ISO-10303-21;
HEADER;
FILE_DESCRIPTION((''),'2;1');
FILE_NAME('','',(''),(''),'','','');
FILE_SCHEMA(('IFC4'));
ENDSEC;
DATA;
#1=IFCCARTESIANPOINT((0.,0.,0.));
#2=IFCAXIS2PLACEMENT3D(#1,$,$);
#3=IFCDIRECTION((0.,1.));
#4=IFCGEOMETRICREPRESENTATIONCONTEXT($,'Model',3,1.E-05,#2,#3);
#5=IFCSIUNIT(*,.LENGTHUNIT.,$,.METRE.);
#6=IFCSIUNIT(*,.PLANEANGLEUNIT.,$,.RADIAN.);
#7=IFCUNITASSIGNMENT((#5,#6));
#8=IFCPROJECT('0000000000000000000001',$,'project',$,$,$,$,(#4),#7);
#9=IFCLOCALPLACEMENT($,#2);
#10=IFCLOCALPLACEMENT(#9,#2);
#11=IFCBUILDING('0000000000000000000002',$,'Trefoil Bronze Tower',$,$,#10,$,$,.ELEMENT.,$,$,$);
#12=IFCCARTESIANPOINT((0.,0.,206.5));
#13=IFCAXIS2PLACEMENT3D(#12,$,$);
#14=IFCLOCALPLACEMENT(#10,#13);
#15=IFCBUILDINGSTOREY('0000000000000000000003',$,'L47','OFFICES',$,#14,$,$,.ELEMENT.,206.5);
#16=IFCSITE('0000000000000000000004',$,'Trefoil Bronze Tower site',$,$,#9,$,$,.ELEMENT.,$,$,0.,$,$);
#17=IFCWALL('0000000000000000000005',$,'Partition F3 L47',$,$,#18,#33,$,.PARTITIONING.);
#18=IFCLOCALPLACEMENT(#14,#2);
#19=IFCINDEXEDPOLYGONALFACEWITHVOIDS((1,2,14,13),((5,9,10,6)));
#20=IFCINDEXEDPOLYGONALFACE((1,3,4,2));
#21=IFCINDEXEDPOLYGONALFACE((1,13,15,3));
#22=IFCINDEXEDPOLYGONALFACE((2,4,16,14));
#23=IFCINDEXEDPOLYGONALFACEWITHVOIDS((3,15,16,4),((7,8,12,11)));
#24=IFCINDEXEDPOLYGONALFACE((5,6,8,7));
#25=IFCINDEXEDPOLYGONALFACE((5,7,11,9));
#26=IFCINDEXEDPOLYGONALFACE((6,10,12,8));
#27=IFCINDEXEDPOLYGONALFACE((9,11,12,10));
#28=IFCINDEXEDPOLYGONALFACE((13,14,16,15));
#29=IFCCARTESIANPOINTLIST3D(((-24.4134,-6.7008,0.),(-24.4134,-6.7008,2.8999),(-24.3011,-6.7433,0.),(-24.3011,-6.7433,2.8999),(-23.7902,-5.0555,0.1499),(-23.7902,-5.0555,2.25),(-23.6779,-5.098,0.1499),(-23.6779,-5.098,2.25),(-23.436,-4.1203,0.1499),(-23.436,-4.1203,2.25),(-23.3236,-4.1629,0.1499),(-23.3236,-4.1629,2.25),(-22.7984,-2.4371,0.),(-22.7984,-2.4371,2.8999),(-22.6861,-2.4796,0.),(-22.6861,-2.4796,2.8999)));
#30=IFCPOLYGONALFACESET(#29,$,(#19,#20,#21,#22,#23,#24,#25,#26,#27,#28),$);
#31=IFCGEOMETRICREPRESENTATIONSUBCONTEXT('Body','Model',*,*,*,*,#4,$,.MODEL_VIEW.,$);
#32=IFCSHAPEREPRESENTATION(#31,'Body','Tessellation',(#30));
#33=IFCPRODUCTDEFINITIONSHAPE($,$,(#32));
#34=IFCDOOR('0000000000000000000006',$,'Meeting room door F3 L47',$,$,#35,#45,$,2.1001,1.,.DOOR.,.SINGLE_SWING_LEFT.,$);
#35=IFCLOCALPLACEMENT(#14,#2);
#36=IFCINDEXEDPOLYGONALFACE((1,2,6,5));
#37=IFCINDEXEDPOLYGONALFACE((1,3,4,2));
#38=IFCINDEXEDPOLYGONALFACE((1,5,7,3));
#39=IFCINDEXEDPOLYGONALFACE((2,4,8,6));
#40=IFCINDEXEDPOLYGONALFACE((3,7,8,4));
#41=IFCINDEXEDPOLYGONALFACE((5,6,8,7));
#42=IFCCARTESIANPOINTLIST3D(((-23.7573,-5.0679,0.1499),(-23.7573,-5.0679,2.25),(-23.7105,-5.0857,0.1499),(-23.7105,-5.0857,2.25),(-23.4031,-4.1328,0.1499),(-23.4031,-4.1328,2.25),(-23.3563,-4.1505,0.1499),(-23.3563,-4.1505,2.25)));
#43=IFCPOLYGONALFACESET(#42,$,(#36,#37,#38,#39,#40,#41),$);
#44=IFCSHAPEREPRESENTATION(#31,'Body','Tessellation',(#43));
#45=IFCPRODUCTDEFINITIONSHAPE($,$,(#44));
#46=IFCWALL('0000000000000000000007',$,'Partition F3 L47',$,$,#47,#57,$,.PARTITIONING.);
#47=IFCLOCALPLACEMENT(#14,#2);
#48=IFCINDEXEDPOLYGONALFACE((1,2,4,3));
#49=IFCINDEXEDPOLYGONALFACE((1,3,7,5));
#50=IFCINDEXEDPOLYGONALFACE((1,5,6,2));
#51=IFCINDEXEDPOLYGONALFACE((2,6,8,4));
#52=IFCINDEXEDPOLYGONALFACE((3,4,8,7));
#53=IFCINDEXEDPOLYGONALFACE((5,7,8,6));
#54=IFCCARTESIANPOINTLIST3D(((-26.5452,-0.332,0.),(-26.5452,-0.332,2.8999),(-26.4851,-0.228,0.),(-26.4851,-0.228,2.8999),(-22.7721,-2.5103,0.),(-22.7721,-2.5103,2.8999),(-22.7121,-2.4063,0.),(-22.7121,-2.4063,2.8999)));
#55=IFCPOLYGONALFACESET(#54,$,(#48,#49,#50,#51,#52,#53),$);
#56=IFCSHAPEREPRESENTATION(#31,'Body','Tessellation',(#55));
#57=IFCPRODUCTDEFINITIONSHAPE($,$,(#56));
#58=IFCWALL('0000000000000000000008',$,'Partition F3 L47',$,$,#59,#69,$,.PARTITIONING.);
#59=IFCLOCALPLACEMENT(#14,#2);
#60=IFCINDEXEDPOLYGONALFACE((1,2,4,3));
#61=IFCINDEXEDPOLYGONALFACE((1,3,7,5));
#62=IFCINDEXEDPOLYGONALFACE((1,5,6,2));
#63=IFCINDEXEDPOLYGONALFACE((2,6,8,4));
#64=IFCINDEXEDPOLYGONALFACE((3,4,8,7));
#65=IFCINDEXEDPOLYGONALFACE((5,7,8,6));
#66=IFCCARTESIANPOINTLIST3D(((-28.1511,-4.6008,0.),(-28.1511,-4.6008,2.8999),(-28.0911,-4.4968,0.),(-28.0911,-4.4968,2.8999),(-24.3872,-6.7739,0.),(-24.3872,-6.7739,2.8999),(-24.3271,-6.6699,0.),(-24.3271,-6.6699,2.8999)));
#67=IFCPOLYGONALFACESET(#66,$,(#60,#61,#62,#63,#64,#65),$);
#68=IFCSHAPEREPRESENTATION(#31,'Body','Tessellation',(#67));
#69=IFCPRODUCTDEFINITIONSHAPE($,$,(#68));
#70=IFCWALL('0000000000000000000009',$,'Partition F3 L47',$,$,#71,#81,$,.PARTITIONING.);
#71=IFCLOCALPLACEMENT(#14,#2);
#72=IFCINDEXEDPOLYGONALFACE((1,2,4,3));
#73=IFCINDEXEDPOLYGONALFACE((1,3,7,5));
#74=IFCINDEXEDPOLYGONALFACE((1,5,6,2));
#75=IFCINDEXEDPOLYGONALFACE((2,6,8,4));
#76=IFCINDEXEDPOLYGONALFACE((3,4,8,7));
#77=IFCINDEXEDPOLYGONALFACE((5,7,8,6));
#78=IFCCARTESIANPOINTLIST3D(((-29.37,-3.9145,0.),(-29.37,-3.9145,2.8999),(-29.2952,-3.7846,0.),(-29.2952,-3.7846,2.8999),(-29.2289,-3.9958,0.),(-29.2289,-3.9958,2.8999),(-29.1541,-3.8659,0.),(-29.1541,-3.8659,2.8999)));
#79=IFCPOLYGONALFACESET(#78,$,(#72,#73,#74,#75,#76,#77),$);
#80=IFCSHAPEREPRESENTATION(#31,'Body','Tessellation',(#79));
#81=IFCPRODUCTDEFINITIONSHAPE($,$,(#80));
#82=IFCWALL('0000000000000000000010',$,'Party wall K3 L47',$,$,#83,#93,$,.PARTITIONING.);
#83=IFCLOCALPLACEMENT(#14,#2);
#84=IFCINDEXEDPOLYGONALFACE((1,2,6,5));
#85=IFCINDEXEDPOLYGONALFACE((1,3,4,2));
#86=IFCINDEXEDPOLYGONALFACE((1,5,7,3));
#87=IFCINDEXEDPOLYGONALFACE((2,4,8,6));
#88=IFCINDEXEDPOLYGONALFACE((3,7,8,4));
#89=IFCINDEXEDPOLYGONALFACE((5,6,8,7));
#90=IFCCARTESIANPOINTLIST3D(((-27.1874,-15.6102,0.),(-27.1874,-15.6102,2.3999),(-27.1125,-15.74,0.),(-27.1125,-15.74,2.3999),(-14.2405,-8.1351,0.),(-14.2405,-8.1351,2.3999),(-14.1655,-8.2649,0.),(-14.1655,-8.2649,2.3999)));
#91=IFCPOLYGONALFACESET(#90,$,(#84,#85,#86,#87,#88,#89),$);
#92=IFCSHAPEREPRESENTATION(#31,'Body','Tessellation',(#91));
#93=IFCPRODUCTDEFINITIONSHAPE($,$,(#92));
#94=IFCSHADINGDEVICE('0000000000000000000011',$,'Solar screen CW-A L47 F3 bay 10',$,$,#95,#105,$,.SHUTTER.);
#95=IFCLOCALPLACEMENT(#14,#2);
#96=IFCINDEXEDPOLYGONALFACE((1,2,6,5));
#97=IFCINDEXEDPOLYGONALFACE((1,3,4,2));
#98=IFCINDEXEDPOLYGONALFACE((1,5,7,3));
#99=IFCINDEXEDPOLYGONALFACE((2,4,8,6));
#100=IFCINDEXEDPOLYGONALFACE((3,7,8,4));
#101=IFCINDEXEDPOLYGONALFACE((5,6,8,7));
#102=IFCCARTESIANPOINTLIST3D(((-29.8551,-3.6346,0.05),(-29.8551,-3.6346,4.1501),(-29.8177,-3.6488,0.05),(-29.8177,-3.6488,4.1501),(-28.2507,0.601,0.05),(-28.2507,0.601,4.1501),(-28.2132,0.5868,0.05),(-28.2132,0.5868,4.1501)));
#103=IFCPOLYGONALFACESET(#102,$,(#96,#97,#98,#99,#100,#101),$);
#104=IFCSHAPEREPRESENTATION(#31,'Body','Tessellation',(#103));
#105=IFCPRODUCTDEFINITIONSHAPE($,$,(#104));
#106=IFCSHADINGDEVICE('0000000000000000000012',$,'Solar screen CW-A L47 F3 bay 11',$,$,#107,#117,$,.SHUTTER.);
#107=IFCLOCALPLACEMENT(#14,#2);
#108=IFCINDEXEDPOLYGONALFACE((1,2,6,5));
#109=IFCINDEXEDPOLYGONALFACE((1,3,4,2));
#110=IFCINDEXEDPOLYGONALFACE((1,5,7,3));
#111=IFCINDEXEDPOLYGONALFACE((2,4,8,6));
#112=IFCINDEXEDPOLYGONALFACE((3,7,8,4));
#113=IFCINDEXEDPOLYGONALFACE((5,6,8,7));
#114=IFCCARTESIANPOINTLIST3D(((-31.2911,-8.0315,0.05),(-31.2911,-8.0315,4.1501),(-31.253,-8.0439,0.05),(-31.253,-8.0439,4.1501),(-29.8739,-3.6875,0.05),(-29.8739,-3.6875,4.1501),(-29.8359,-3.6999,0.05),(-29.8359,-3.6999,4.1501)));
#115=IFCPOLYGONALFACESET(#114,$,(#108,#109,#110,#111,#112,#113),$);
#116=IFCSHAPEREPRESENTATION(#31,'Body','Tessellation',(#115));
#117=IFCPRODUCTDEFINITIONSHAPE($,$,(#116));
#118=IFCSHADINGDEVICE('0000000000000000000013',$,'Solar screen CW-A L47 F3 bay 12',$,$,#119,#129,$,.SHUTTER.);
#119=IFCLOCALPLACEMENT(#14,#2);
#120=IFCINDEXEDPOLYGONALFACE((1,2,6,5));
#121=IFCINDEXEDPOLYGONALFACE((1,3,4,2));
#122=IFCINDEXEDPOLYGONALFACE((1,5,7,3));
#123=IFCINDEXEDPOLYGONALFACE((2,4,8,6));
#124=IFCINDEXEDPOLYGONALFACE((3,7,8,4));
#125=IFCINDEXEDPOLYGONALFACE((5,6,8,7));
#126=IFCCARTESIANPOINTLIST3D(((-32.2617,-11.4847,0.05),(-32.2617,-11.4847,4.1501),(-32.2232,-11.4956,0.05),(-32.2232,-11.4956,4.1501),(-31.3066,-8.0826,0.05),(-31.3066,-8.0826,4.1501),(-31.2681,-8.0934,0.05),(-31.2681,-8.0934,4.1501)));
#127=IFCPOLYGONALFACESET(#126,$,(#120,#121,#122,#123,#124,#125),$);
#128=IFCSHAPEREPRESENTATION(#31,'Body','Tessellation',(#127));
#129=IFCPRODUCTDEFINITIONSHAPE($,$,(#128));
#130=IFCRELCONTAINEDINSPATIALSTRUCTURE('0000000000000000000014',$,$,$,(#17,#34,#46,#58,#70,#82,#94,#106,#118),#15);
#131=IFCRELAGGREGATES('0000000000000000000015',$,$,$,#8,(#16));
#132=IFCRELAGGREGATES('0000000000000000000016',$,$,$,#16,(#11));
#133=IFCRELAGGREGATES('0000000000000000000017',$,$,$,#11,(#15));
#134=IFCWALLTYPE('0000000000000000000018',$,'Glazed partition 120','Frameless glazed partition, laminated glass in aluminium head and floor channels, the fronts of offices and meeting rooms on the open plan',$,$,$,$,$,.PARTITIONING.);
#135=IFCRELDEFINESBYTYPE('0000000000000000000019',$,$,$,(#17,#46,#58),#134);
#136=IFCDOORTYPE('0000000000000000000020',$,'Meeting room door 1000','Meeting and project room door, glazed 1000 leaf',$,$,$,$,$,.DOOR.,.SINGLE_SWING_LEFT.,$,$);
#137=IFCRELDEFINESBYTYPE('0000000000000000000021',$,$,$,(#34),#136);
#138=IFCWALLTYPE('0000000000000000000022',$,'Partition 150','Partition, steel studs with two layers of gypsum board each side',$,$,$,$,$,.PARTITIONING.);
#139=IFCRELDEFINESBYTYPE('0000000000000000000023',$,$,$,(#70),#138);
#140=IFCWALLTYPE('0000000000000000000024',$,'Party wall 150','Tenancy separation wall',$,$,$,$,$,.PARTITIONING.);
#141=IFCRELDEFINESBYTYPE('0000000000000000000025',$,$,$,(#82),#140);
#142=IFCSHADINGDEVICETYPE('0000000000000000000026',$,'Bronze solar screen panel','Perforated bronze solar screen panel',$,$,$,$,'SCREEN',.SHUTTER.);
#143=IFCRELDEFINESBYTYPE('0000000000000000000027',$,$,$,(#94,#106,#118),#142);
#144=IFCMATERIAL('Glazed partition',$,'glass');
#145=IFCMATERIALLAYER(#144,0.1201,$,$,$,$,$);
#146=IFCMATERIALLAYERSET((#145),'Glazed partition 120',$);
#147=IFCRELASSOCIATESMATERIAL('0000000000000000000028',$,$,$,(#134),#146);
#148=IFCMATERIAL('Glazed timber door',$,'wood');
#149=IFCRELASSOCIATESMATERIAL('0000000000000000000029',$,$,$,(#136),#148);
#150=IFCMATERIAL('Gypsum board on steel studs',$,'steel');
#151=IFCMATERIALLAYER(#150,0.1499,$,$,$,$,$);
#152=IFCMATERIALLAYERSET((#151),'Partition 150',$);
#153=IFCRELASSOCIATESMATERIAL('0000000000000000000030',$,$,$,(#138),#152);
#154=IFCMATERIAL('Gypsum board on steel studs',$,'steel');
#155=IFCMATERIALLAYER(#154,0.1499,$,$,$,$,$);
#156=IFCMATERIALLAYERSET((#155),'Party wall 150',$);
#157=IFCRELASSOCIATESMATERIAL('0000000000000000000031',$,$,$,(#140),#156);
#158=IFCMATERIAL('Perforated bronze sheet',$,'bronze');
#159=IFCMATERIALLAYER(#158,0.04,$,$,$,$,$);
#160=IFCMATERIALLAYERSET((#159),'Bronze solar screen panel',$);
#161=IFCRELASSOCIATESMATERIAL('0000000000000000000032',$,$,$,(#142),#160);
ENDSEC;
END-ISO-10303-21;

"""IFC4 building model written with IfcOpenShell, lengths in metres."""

from ifc_helpers import new_model, si_unit, direction, frame, frame_2d, origin, origin_2d, place, context, subcontext, project, spatial, rectangle, extrude, material, layer, layer_set, type_object, element, fill, save


model = new_model("IFC4")

# Units and contexts
model_context = context("Model", 3, precision=1e-05, world=origin(), true_north=direction((0.0, 1.0)))
body_context = subcontext(model_context, "Body", "Model", "MODEL_VIEW")
ifc_project = project(units=[si_unit("LENGTHUNIT", "METRE"), si_unit("PLANEANGLEUNIT", "RADIAN")], contexts=[model_context])

# Site, building, storey
site_placement = place(None, origin())
site = spatial("IfcSite", under=ifc_project, at=site_placement, Name="Trefoil Bronze Tower site", CompositionType="ELEMENT", RefElevation=0.0)
building_placement = place(site_placement, origin())
building = spatial("IfcBuilding", under=site, at=building_placement, Name="Trefoil Bronze Tower", CompositionType="ELEMENT")
storey_placement = place(building_placement, frame((0.0, 0.0, 206.5)))
storey = spatial("IfcBuildingStorey", under=building, at=storey_placement, Name="L47", Description="OFFICES", CompositionType="ELEMENT", Elevation=206.5)

# Wall, opening, door
ifc_material_1 = material(Name="Glazed partition", Category="glass")
ifc_layer_1 = layer(ifc_material_1, 0.1201)
ifc_layer_set_1 = layer_set([ifc_layer_1], Name="Glazed partition 120")
wall_type_1 = type_object("IfcWallType", Name="Glazed partition 120", Description="Frameless glazed partition, laminated glass in aluminium head and floor channels, the fronts of offices and meeting rooms on the open plan", PredefinedType="PARTITIONING", material=ifc_layer_set_1)
wall_1_placement = place(storey_placement, frame((-22.7422, -2.4583, 0.0), z_axis=(0.0, 0.0, 1.0), x_axis=(-0.35422, -0.935162, 0.0)))
wall_1 = element("IfcWall", 1, at=wall_1_placement, inside=storey, type_object=wall_type_1, Name="Partition F3 L47", PredefinedType="PARTITIONING", context=body_context, shape_type="SweptSolid", body=[
    extrude(rectangle(XDim=4.5593, YDim=0.1201, at=frame_2d((2.2798, 0.0))), origin(), (0.0, 0.0, 1.0), 2.8999),
])
opening_placement = place(wall_1_placement, frame((1.8, 0.0, 0.1499)))
opening = element("IfcOpeningElement", 2, at=opening_placement, cuts=wall_1, PredefinedType="OPENING", context=body_context, shape_type="SweptSolid", body=[
    extrude(rectangle(XDim=1.0, YDim=2.1001, at=frame_2d((0.5, 1.05))), frame((0.0, 0.0701, 0.0), z_axis=(0.0, -1.0, 0.0), x_axis=(1.0, 0.0, 0.0)), (0.0, 0.0, 1.0), 0.1401),
])
ifc_material_2 = material(Name="Glazed timber door", Category="wood")
door_type = type_object("IfcDoorType", Name="Meeting room door 1000", Description="Meeting and project room door, glazed 1000 leaf", OperationType="SINGLE_SWING_LEFT", PredefinedType="DOOR", material=ifc_material_2)
door_placement = place(opening_placement, frame((1.0, 0.0, 0.0), z_axis=(0.0, 0.0, 1.0), x_axis=(-1.0, 0.0, 0.0)))
door = element("IfcDoor", 3, at=door_placement, inside=storey, type_object=door_type, Name="Meeting room door F3 L47", OperationType="SINGLE_SWING_LEFT", OverallHeight=2.1001, OverallWidth=1.0, PredefinedType="DOOR", context=body_context, shape_type="SweptSolid", body=[
    extrude(rectangle(XDim=1.0, YDim=2.1001, at=frame_2d((0.5, 1.05))), frame((0.0, 0.0249, 0.0), z_axis=(0.0, -1.0, 0.0), x_axis=(1.0, 0.0, 0.0)), (0.0, 0.0, 1.0), 0.05),
])
fill(opening, door)

# Walls
wall_2_placement = place(storey_placement, frame((-22.7422, -2.4583, 0.0), z_axis=(0.0, 0.0, 1.0), x_axis=(-0.866034, 0.499984, 0.0)))
element("IfcWall", 4, at=wall_2_placement, inside=storey, type_object=wall_type_1, Name="Partition F3 L47", PredefinedType="PARTITIONING", context=body_context, shape_type="SweptSolid", body=[
    extrude(rectangle(XDim=4.3567, YDim=0.1201, at=frame_2d((2.1782, 0.0))), origin(), (0.0, 0.0, 1.0), 2.8999),
])
wall_3_placement = place(storey_placement, frame((-24.3572, -6.7219, 0.0), z_axis=(0.0, 0.0, 1.0), x_axis=(-0.866026, 0.5, 0.0)))
element("IfcWall", 5, at=wall_3_placement, inside=storey, type_object=wall_type_1, Name="Partition F3 L47", PredefinedType="PARTITIONING", context=body_context, shape_type="SweptSolid", body=[
    extrude(rectangle(XDim=4.3462, YDim=0.1201, at=frame_2d((2.1731, 0.0))), origin(), (0.0, 0.0, 1.0), 2.8999),
])
ifc_material_3 = material(Name="Gypsum board on steel studs", Category="steel")
ifc_layer_2 = layer(ifc_material_3, 0.1499)
ifc_layer_set_2 = layer_set([ifc_layer_2], Name="Partition 150")
wall_type_2 = type_object("IfcWallType", Name="Partition 150", Description="Partition, steel studs with two layers of gypsum board each side", PredefinedType="PARTITIONING", material=ifc_layer_set_2)
wall_4_placement = place(storey_placement, frame((-29.1914, -3.9309, 0.0), z_axis=(0.0, 0.0, 1.0), x_axis=(-0.866485, 0.499203, 0.0)))
element("IfcWall", 6, at=wall_4_placement, inside=storey, type_object=wall_type_2, Name="Partition F3 L47", PredefinedType="PARTITIONING", context=body_context, shape_type="SweptSolid", body=[
    extrude(rectangle(XDim=0.1628, YDim=0.1499, at=frame_2d((0.0815, 0.0))), origin(), (0.0, 0.0, 1.0), 2.8999),
])
ifc_material_4 = material(Name="Gypsum board on steel studs", Category="steel")
ifc_layer_3 = layer(ifc_material_4, 0.1499)
ifc_layer_set_3 = layer_set([ifc_layer_3], Name="Party wall 150")
wall_type_3 = type_object("IfcWallType", Name="Party wall 150", Description="Tenancy separation wall", PredefinedType="PARTITIONING", material=ifc_layer_set_3)
wall_5_placement = place(storey_placement, frame((-14.2029, -8.2, 0.0), z_axis=(0.0, 0.0, 1.0), x_axis=(-0.866022, -0.500007, 0.0)))
element("IfcWall", 7, at=wall_5_placement, inside=storey, type_object=wall_type_3, Name="Party wall K3 L47", PredefinedType="PARTITIONING", context=body_context, shape_type="SweptSolid", body=[
    extrude(rectangle(XDim=14.95, YDim=0.1499, at=frame_2d((7.4751, 0.0))), origin(), (0.0, 0.0, 1.0), 2.3999),
])

# Shading devices
ifc_material_5 = material(Name="Perforated bronze sheet", Category="bronze")
ifc_layer_4 = layer(ifc_material_5, 0.04)
ifc_layer_set_4 = layer_set([ifc_layer_4], Name="Bronze solar screen panel")
shading_device_type = type_object("IfcShadingDeviceType", Name="Bronze solar screen panel", Description="Perforated bronze solar screen panel", ElementType="SCREEN", PredefinedType="SHUTTER", material=ifc_layer_set_4)
shading_device_1_placement = place(storey_placement, frame((-29.0342, -1.5239, 0.05), z_axis=(0.0, 0.0, 1.0), x_axis=(-0.354234, -0.935157, 0.0)))
element("IfcShadingDevice", 8, at=shading_device_1_placement, inside=storey, type_object=shading_device_type, Name="Solar screen CW-A L47 F3 bay 10", PredefinedType="SHUTTER", context=body_context, shape_type="SweptSolid", body=[
    extrude(rectangle(XDim=4.5293, YDim=0.04, at=origin_2d()), origin(), (0.0, 0.0, 1.0), 4.1001),
])
shading_device_2_placement = place(storey_placement, frame((-30.5635, -5.8657, 0.05), z_axis=(0.0, 0.0, 1.0), x_axis=(-0.310149, -0.950688, 0.0)))
element("IfcShadingDevice", 9, at=shading_device_2_placement, inside=storey, type_object=shading_device_type, Name="Solar screen CW-A L47 F3 bay 11", PredefinedType="SHUTTER", context=body_context, shape_type="SweptSolid", body=[
    extrude(rectangle(XDim=4.5693, YDim=0.04, at=origin_2d()), origin(), (0.0, 0.0, 1.0), 4.1001),
])
shading_device_3_placement = place(storey_placement, frame((-31.7649, -9.7891, 0.05), z_axis=(0.0, 0.0, 1.0), x_axis=(-0.270282, -0.962781, 0.0)))
element("IfcShadingDevice", 10, at=shading_device_3_placement, inside=storey, type_object=shading_device_type, Name="Solar screen CW-A L47 F3 bay 12", PredefinedType="SHUTTER", context=body_context, shape_type="SweptSolid", body=[
    extrude(rectangle(XDim=3.5337, YDim=0.04, at=origin_2d()), origin(), (0.0, 0.0, 1.0), 4.1001),
])

save(model, "model.ifc")
